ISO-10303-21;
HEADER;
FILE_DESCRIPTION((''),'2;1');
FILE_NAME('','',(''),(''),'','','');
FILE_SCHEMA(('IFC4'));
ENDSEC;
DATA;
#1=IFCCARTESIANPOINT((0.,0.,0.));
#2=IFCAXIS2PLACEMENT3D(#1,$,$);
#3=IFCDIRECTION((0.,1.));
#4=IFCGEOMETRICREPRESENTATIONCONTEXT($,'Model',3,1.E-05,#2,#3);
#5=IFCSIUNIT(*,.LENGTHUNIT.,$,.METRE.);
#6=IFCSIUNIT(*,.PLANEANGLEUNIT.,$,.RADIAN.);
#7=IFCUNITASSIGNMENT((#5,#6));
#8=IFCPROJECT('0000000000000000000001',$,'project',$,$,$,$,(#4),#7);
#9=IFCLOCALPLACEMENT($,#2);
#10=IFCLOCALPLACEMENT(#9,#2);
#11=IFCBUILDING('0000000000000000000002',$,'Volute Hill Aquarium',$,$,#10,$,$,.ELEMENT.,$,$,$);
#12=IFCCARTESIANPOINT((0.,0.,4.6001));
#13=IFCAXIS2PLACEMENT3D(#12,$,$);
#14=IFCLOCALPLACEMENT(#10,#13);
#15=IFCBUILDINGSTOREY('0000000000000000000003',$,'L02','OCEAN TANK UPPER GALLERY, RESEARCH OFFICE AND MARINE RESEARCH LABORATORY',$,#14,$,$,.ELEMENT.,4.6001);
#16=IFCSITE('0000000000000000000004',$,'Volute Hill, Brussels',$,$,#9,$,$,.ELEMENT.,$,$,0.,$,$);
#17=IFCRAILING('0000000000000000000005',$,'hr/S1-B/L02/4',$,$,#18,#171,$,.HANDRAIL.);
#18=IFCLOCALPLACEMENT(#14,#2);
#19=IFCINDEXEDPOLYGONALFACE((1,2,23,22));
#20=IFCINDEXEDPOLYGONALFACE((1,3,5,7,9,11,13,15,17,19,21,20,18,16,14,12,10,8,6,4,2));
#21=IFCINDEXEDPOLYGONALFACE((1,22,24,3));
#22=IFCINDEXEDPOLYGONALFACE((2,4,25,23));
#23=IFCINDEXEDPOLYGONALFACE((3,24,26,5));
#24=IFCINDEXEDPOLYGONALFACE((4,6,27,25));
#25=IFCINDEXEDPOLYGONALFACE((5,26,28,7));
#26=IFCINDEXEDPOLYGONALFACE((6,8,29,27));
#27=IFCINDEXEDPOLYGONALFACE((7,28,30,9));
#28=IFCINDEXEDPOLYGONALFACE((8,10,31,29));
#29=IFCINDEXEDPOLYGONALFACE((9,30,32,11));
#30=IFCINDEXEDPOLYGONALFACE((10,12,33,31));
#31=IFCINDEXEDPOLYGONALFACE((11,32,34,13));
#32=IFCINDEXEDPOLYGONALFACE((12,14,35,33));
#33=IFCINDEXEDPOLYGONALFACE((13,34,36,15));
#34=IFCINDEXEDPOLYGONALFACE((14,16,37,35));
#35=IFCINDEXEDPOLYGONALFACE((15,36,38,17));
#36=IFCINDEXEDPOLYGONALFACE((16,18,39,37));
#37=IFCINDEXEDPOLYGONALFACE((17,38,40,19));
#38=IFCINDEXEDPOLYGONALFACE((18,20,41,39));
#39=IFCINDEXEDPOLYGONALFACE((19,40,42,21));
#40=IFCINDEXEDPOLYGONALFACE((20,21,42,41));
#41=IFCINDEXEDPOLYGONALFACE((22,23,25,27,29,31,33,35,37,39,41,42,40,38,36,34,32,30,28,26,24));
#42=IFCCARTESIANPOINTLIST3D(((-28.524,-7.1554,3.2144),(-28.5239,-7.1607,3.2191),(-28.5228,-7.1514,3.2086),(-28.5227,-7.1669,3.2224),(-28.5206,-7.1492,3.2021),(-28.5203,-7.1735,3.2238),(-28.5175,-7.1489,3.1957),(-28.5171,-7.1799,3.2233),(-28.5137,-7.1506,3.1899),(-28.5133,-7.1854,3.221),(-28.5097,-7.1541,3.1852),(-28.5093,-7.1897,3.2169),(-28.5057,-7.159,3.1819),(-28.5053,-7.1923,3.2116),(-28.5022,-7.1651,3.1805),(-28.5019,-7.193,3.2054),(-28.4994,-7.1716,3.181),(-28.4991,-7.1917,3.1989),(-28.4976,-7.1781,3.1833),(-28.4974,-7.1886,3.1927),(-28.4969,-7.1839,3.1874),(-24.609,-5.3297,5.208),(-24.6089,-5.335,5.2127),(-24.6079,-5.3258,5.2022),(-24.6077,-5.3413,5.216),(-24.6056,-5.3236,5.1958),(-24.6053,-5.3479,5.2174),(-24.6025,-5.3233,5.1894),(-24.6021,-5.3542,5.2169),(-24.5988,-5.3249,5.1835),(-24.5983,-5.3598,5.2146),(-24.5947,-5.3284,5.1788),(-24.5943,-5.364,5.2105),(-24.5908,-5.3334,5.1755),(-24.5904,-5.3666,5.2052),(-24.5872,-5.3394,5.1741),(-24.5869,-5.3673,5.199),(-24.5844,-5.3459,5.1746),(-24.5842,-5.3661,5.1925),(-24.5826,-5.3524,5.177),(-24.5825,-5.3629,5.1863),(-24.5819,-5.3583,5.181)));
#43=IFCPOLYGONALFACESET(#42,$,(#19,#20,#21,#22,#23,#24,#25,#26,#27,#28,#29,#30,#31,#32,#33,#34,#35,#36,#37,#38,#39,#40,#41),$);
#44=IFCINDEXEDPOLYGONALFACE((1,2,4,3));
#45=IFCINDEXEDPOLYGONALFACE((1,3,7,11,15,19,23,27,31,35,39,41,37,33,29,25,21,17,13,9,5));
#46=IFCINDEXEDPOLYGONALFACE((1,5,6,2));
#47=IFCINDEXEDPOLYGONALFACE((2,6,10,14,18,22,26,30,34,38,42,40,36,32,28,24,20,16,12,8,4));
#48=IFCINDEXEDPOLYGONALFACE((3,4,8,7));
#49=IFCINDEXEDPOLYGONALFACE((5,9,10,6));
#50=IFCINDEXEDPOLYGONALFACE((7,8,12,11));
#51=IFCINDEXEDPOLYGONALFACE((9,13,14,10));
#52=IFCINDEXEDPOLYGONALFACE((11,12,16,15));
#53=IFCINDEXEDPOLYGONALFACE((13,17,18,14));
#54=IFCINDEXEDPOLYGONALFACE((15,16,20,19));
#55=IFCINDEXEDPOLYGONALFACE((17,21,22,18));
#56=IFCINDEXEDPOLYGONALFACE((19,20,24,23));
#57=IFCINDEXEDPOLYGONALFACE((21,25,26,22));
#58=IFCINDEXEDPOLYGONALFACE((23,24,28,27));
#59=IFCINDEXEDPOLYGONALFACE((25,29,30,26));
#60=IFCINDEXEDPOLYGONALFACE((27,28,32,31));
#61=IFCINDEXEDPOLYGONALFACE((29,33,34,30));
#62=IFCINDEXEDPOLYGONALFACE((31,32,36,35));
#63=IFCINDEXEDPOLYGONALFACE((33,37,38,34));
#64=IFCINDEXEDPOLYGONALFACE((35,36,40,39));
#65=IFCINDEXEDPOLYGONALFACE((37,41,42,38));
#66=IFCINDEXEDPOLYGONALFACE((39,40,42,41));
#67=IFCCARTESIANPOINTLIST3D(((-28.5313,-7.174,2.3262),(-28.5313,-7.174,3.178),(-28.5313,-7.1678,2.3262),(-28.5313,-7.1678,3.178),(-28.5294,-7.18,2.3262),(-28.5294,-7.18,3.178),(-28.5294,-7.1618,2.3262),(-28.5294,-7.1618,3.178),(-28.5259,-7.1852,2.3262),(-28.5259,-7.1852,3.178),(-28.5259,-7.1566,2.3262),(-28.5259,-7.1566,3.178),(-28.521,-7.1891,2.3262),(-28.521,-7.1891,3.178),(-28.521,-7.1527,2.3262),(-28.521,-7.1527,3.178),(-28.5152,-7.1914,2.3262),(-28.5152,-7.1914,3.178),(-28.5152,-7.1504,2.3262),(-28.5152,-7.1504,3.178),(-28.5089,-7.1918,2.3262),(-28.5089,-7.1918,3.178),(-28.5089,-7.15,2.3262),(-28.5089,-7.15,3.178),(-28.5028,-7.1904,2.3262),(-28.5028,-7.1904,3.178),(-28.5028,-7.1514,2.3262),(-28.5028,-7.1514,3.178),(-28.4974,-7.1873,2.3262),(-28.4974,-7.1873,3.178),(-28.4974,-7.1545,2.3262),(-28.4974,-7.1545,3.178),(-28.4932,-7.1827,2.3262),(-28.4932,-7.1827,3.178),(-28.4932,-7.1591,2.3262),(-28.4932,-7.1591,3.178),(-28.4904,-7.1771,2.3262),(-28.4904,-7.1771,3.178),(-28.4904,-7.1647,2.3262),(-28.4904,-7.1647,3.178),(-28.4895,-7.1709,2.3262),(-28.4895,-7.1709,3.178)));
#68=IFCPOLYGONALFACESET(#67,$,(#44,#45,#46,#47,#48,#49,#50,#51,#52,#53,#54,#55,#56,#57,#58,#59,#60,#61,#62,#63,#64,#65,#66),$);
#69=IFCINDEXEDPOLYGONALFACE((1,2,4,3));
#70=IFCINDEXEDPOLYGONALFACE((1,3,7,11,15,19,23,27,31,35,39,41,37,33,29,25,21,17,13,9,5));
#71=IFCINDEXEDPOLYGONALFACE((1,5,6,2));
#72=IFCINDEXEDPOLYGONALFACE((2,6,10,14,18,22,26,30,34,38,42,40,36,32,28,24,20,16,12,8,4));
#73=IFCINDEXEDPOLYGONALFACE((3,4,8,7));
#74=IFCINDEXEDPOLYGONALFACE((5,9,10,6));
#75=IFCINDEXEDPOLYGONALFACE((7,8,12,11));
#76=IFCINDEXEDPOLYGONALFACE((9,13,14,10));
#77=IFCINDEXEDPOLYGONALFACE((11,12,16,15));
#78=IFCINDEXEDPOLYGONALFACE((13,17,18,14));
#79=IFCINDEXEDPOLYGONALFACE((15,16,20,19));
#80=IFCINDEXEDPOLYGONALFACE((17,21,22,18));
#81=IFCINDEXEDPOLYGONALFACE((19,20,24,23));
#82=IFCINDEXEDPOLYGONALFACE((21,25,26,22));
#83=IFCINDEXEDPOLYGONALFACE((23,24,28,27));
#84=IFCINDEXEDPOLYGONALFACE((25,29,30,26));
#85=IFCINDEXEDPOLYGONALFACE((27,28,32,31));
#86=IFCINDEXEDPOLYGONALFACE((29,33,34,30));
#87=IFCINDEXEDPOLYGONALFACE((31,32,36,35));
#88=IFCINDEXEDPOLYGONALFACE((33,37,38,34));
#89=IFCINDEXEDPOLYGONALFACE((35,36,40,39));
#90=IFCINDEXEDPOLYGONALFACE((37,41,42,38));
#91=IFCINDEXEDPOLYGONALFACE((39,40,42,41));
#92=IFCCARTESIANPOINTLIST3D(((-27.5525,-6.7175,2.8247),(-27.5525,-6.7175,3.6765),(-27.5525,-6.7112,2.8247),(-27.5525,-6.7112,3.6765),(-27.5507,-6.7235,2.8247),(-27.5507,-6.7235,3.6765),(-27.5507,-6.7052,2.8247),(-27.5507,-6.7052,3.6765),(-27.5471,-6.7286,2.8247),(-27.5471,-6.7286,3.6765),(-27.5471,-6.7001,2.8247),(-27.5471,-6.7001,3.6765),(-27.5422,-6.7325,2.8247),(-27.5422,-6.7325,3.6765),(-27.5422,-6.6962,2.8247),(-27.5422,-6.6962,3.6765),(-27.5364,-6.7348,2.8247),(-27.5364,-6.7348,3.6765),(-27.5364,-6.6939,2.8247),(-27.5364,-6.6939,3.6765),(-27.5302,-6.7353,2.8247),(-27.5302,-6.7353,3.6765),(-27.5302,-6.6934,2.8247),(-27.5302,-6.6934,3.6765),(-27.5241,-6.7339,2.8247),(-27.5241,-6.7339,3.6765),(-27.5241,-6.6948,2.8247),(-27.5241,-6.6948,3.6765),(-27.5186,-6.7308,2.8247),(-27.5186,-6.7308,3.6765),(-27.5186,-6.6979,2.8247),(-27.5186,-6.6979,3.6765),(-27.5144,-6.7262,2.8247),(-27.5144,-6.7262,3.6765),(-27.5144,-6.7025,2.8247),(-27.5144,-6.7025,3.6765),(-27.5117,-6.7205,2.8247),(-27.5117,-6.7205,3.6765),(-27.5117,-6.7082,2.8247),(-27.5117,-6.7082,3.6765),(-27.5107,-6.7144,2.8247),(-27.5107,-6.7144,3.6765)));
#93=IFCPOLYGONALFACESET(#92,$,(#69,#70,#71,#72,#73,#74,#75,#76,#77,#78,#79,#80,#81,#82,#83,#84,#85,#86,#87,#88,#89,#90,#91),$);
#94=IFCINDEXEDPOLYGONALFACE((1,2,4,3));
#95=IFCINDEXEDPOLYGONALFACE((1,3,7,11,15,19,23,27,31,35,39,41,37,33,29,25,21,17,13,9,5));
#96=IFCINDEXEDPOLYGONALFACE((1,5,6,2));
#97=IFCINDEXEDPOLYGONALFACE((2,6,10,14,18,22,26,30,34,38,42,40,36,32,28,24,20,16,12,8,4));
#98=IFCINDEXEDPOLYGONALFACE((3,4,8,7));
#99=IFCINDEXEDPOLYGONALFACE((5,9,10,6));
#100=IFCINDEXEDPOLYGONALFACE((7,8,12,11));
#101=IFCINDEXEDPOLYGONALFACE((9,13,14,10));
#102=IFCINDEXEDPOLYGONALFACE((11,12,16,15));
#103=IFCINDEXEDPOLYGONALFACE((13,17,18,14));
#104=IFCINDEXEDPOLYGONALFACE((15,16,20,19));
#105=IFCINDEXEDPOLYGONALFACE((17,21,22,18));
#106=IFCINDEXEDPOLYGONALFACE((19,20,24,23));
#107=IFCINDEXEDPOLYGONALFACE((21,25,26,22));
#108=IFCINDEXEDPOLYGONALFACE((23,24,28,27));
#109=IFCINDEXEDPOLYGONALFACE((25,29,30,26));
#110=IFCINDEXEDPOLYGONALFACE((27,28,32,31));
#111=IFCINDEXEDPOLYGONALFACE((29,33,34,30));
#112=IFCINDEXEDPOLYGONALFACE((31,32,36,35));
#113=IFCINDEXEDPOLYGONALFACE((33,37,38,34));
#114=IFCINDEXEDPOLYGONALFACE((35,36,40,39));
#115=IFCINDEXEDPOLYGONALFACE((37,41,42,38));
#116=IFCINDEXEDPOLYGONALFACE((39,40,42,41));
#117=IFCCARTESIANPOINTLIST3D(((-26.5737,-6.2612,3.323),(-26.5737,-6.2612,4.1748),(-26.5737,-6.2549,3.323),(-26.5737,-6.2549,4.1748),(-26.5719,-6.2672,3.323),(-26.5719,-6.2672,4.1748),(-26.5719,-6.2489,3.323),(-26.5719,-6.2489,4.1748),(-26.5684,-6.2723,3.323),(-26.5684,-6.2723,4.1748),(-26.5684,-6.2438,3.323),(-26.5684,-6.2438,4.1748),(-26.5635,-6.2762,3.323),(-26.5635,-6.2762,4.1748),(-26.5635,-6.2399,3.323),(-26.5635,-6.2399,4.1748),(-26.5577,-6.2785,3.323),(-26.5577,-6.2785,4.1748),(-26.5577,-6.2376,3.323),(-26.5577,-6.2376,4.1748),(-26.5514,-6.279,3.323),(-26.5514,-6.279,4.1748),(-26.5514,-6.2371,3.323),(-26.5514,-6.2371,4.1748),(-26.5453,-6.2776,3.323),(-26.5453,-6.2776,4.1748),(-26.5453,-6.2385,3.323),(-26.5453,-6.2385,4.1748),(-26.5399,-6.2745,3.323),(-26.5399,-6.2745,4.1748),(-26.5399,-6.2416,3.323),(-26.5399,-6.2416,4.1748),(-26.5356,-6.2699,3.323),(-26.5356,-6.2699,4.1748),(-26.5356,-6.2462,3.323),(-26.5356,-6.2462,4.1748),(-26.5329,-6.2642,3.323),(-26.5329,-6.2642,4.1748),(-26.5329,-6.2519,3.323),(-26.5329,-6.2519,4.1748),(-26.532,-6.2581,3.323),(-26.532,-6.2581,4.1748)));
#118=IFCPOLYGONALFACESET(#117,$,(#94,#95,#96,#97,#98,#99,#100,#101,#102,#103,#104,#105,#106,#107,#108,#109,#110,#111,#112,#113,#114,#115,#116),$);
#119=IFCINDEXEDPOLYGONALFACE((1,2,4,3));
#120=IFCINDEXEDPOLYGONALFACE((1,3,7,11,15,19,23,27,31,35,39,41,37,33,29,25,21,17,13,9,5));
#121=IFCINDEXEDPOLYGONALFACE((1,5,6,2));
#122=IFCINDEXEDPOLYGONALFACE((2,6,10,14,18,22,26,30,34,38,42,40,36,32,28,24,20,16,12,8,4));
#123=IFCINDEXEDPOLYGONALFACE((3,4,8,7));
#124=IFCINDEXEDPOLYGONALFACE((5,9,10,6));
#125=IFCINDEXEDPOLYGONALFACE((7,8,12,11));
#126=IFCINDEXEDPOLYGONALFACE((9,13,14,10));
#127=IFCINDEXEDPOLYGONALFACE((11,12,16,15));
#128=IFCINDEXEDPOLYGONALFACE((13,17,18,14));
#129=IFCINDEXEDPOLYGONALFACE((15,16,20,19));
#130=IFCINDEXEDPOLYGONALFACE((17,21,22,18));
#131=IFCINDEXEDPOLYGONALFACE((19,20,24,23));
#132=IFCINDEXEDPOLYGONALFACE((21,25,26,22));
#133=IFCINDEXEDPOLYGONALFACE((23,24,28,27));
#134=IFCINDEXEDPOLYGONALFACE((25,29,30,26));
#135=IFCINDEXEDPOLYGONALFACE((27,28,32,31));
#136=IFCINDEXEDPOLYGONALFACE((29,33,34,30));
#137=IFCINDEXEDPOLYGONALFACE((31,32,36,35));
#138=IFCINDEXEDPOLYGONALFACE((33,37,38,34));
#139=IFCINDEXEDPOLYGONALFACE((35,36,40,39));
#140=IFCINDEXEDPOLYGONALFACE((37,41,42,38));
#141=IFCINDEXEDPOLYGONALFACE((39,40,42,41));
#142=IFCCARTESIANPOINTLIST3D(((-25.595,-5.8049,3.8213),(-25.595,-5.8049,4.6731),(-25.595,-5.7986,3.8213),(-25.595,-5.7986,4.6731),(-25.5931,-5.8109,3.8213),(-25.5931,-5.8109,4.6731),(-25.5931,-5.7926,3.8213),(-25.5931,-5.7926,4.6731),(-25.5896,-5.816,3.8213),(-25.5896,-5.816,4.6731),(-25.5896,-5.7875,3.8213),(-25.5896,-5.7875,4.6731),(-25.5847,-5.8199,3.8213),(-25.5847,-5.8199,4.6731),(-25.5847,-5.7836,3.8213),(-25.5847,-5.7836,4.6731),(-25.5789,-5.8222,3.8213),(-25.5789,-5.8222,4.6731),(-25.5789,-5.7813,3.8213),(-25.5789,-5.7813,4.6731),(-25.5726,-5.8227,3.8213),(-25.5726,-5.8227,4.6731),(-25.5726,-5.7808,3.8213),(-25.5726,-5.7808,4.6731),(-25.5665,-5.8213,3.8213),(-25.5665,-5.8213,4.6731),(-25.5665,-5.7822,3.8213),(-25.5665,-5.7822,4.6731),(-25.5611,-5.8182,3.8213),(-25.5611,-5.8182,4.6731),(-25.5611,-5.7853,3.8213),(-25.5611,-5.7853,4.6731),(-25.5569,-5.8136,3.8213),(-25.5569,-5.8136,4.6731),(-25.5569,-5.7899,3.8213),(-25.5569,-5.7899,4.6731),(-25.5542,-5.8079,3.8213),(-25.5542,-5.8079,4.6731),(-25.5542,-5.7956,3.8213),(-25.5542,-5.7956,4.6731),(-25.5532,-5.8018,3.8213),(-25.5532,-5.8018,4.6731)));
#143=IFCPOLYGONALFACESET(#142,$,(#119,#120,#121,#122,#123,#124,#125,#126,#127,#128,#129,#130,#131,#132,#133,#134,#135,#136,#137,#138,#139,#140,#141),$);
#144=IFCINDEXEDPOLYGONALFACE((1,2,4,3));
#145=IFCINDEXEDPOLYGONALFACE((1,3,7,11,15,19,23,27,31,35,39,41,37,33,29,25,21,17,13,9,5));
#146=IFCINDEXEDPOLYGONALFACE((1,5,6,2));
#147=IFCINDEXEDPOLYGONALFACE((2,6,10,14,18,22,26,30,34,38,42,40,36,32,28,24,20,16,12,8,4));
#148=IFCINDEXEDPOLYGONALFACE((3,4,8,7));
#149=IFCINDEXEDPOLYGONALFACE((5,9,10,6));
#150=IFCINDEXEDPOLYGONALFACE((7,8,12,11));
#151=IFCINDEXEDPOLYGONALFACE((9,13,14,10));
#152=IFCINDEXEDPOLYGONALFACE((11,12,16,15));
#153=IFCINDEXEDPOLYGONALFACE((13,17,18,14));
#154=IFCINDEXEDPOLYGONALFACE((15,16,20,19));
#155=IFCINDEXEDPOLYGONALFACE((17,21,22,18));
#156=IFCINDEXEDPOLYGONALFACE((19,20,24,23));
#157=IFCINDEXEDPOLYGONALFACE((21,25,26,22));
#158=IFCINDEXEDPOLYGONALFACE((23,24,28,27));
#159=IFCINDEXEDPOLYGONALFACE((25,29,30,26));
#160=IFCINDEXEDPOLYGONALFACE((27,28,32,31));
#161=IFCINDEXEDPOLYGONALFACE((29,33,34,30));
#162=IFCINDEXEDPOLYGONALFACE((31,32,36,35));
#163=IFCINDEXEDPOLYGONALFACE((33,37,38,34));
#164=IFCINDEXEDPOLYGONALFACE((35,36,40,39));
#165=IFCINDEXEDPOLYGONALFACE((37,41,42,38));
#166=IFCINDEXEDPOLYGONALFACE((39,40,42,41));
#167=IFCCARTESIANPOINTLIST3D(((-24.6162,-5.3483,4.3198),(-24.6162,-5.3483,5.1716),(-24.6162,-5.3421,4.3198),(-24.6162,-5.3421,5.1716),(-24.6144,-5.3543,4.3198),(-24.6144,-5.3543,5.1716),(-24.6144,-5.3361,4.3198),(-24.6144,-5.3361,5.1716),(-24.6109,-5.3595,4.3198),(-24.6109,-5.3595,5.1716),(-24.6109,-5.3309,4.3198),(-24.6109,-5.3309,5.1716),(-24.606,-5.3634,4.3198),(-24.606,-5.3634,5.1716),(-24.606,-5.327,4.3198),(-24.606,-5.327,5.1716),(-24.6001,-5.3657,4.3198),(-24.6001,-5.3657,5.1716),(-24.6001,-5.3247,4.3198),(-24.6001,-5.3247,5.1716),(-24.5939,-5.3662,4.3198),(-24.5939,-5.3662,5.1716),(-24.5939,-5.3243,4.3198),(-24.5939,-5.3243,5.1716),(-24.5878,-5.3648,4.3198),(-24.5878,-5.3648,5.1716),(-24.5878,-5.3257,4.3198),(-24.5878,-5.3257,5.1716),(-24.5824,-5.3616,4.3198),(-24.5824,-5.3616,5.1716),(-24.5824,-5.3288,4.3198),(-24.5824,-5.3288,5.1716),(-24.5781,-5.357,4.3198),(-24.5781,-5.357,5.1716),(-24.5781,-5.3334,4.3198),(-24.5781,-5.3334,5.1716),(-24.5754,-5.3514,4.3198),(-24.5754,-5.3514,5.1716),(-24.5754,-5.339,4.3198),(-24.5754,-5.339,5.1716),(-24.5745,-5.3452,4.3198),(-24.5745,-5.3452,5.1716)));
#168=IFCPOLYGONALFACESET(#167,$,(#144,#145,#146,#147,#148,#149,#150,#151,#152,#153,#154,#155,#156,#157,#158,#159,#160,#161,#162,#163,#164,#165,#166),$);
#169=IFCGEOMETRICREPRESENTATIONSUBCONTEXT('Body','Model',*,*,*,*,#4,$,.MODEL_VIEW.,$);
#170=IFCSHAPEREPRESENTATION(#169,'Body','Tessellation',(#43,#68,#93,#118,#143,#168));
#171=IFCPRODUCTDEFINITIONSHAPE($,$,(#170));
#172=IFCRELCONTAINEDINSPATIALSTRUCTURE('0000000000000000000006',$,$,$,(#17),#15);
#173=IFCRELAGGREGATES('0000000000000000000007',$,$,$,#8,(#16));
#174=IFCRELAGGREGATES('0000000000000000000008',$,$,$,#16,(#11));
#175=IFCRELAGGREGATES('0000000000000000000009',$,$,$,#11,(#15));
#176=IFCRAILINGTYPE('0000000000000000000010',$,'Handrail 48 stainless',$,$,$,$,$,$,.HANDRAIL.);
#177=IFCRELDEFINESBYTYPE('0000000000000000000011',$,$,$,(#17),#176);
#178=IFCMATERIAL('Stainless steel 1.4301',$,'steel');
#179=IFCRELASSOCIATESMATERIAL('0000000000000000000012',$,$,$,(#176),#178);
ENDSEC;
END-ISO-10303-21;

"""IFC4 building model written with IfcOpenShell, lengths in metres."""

from ifc_helpers import new_model, si_unit, direction, frame, origin, origin_2d, place, context, subcontext, project, spatial, circle, extrude, material, type_object, element, save


model = new_model("IFC4")

# Units and contexts
model_context = context("Model", 3, precision=1e-05, world=origin(), true_north=direction((0.0, 1.0)))
body_context = subcontext(model_context, "Body", "Model", "MODEL_VIEW")
ifc_project = project(units=[si_unit("LENGTHUNIT", "METRE"), si_unit("PLANEANGLEUNIT", "RADIAN")], contexts=[model_context])

# Site, building, storey
site_placement = place(None, origin())
site = spatial("IfcSite", under=ifc_project, at=site_placement, Name="Volute Hill, Brussels", CompositionType="ELEMENT", RefElevation=0.0)
building_placement = place(site_placement, origin())
building = spatial("IfcBuilding", under=site, at=building_placement, Name="Volute Hill Aquarium", CompositionType="ELEMENT")
storey_placement = place(building_placement, frame((0.0, 0.0, 4.6001)))
storey = spatial("IfcBuildingStorey", under=building, at=storey_placement, Name="L02", Description="OCEAN TANK UPPER GALLERY, RESEARCH OFFICE AND MARINE RESEARCH LABORATORY", CompositionType="ELEMENT", Elevation=4.6001)

# Railing
ifc_material_1 = material(Name="Stainless steel 1.4301", Category="steel")
railing_type_1 = type_object("IfcRailingType", Name="Handrail 48 stainless", PredefinedType="HANDRAIL", material=ifc_material_1)
railing_1_placement = place(storey_placement, frame((-28.5105, -7.1709, 2.3262)))
element("IfcRailing", 1, at=railing_1_placement, inside=storey, type_object=railing_type_1, Name="hr/S1-B/L02/4", PredefinedType="HANDRAIL", context=body_context, shape_type="SweptSolid", body=[
    extrude(circle(Radius=0.0239, at=origin_2d()), frame((0.0, 0.0, 0.876), z_axis=(0.822892, 0.383736, 0.419041), x_axis=(-0.422632, 0.906302, 0.0)), (0.0, 0.0, 1.0), 4.7576),
    extrude(circle(Radius=0.021, at=origin_2d()), origin(), (0.0, 0.0, 1.0), 0.8518),
    extrude(circle(Radius=0.021, at=origin_2d()), frame((0.9788, 0.4565, 0.4985)), (0.0, 0.0, 1.0), 0.8518),
    extrude(circle(Radius=0.021, at=origin_2d()), frame((1.9575, 0.9128, 0.9968)), (0.0, 0.0, 1.0), 0.8518),
    extrude(circle(Radius=0.021, at=origin_2d()), frame((2.9363, 1.3691, 1.4951)), (0.0, 0.0, 1.0), 0.8518),
    extrude(circle(Radius=0.021, at=origin_2d()), frame((3.915, 1.8257, 1.9937)), (0.0, 0.0, 1.0), 0.8518),
])

save(model, "model.ifc")
